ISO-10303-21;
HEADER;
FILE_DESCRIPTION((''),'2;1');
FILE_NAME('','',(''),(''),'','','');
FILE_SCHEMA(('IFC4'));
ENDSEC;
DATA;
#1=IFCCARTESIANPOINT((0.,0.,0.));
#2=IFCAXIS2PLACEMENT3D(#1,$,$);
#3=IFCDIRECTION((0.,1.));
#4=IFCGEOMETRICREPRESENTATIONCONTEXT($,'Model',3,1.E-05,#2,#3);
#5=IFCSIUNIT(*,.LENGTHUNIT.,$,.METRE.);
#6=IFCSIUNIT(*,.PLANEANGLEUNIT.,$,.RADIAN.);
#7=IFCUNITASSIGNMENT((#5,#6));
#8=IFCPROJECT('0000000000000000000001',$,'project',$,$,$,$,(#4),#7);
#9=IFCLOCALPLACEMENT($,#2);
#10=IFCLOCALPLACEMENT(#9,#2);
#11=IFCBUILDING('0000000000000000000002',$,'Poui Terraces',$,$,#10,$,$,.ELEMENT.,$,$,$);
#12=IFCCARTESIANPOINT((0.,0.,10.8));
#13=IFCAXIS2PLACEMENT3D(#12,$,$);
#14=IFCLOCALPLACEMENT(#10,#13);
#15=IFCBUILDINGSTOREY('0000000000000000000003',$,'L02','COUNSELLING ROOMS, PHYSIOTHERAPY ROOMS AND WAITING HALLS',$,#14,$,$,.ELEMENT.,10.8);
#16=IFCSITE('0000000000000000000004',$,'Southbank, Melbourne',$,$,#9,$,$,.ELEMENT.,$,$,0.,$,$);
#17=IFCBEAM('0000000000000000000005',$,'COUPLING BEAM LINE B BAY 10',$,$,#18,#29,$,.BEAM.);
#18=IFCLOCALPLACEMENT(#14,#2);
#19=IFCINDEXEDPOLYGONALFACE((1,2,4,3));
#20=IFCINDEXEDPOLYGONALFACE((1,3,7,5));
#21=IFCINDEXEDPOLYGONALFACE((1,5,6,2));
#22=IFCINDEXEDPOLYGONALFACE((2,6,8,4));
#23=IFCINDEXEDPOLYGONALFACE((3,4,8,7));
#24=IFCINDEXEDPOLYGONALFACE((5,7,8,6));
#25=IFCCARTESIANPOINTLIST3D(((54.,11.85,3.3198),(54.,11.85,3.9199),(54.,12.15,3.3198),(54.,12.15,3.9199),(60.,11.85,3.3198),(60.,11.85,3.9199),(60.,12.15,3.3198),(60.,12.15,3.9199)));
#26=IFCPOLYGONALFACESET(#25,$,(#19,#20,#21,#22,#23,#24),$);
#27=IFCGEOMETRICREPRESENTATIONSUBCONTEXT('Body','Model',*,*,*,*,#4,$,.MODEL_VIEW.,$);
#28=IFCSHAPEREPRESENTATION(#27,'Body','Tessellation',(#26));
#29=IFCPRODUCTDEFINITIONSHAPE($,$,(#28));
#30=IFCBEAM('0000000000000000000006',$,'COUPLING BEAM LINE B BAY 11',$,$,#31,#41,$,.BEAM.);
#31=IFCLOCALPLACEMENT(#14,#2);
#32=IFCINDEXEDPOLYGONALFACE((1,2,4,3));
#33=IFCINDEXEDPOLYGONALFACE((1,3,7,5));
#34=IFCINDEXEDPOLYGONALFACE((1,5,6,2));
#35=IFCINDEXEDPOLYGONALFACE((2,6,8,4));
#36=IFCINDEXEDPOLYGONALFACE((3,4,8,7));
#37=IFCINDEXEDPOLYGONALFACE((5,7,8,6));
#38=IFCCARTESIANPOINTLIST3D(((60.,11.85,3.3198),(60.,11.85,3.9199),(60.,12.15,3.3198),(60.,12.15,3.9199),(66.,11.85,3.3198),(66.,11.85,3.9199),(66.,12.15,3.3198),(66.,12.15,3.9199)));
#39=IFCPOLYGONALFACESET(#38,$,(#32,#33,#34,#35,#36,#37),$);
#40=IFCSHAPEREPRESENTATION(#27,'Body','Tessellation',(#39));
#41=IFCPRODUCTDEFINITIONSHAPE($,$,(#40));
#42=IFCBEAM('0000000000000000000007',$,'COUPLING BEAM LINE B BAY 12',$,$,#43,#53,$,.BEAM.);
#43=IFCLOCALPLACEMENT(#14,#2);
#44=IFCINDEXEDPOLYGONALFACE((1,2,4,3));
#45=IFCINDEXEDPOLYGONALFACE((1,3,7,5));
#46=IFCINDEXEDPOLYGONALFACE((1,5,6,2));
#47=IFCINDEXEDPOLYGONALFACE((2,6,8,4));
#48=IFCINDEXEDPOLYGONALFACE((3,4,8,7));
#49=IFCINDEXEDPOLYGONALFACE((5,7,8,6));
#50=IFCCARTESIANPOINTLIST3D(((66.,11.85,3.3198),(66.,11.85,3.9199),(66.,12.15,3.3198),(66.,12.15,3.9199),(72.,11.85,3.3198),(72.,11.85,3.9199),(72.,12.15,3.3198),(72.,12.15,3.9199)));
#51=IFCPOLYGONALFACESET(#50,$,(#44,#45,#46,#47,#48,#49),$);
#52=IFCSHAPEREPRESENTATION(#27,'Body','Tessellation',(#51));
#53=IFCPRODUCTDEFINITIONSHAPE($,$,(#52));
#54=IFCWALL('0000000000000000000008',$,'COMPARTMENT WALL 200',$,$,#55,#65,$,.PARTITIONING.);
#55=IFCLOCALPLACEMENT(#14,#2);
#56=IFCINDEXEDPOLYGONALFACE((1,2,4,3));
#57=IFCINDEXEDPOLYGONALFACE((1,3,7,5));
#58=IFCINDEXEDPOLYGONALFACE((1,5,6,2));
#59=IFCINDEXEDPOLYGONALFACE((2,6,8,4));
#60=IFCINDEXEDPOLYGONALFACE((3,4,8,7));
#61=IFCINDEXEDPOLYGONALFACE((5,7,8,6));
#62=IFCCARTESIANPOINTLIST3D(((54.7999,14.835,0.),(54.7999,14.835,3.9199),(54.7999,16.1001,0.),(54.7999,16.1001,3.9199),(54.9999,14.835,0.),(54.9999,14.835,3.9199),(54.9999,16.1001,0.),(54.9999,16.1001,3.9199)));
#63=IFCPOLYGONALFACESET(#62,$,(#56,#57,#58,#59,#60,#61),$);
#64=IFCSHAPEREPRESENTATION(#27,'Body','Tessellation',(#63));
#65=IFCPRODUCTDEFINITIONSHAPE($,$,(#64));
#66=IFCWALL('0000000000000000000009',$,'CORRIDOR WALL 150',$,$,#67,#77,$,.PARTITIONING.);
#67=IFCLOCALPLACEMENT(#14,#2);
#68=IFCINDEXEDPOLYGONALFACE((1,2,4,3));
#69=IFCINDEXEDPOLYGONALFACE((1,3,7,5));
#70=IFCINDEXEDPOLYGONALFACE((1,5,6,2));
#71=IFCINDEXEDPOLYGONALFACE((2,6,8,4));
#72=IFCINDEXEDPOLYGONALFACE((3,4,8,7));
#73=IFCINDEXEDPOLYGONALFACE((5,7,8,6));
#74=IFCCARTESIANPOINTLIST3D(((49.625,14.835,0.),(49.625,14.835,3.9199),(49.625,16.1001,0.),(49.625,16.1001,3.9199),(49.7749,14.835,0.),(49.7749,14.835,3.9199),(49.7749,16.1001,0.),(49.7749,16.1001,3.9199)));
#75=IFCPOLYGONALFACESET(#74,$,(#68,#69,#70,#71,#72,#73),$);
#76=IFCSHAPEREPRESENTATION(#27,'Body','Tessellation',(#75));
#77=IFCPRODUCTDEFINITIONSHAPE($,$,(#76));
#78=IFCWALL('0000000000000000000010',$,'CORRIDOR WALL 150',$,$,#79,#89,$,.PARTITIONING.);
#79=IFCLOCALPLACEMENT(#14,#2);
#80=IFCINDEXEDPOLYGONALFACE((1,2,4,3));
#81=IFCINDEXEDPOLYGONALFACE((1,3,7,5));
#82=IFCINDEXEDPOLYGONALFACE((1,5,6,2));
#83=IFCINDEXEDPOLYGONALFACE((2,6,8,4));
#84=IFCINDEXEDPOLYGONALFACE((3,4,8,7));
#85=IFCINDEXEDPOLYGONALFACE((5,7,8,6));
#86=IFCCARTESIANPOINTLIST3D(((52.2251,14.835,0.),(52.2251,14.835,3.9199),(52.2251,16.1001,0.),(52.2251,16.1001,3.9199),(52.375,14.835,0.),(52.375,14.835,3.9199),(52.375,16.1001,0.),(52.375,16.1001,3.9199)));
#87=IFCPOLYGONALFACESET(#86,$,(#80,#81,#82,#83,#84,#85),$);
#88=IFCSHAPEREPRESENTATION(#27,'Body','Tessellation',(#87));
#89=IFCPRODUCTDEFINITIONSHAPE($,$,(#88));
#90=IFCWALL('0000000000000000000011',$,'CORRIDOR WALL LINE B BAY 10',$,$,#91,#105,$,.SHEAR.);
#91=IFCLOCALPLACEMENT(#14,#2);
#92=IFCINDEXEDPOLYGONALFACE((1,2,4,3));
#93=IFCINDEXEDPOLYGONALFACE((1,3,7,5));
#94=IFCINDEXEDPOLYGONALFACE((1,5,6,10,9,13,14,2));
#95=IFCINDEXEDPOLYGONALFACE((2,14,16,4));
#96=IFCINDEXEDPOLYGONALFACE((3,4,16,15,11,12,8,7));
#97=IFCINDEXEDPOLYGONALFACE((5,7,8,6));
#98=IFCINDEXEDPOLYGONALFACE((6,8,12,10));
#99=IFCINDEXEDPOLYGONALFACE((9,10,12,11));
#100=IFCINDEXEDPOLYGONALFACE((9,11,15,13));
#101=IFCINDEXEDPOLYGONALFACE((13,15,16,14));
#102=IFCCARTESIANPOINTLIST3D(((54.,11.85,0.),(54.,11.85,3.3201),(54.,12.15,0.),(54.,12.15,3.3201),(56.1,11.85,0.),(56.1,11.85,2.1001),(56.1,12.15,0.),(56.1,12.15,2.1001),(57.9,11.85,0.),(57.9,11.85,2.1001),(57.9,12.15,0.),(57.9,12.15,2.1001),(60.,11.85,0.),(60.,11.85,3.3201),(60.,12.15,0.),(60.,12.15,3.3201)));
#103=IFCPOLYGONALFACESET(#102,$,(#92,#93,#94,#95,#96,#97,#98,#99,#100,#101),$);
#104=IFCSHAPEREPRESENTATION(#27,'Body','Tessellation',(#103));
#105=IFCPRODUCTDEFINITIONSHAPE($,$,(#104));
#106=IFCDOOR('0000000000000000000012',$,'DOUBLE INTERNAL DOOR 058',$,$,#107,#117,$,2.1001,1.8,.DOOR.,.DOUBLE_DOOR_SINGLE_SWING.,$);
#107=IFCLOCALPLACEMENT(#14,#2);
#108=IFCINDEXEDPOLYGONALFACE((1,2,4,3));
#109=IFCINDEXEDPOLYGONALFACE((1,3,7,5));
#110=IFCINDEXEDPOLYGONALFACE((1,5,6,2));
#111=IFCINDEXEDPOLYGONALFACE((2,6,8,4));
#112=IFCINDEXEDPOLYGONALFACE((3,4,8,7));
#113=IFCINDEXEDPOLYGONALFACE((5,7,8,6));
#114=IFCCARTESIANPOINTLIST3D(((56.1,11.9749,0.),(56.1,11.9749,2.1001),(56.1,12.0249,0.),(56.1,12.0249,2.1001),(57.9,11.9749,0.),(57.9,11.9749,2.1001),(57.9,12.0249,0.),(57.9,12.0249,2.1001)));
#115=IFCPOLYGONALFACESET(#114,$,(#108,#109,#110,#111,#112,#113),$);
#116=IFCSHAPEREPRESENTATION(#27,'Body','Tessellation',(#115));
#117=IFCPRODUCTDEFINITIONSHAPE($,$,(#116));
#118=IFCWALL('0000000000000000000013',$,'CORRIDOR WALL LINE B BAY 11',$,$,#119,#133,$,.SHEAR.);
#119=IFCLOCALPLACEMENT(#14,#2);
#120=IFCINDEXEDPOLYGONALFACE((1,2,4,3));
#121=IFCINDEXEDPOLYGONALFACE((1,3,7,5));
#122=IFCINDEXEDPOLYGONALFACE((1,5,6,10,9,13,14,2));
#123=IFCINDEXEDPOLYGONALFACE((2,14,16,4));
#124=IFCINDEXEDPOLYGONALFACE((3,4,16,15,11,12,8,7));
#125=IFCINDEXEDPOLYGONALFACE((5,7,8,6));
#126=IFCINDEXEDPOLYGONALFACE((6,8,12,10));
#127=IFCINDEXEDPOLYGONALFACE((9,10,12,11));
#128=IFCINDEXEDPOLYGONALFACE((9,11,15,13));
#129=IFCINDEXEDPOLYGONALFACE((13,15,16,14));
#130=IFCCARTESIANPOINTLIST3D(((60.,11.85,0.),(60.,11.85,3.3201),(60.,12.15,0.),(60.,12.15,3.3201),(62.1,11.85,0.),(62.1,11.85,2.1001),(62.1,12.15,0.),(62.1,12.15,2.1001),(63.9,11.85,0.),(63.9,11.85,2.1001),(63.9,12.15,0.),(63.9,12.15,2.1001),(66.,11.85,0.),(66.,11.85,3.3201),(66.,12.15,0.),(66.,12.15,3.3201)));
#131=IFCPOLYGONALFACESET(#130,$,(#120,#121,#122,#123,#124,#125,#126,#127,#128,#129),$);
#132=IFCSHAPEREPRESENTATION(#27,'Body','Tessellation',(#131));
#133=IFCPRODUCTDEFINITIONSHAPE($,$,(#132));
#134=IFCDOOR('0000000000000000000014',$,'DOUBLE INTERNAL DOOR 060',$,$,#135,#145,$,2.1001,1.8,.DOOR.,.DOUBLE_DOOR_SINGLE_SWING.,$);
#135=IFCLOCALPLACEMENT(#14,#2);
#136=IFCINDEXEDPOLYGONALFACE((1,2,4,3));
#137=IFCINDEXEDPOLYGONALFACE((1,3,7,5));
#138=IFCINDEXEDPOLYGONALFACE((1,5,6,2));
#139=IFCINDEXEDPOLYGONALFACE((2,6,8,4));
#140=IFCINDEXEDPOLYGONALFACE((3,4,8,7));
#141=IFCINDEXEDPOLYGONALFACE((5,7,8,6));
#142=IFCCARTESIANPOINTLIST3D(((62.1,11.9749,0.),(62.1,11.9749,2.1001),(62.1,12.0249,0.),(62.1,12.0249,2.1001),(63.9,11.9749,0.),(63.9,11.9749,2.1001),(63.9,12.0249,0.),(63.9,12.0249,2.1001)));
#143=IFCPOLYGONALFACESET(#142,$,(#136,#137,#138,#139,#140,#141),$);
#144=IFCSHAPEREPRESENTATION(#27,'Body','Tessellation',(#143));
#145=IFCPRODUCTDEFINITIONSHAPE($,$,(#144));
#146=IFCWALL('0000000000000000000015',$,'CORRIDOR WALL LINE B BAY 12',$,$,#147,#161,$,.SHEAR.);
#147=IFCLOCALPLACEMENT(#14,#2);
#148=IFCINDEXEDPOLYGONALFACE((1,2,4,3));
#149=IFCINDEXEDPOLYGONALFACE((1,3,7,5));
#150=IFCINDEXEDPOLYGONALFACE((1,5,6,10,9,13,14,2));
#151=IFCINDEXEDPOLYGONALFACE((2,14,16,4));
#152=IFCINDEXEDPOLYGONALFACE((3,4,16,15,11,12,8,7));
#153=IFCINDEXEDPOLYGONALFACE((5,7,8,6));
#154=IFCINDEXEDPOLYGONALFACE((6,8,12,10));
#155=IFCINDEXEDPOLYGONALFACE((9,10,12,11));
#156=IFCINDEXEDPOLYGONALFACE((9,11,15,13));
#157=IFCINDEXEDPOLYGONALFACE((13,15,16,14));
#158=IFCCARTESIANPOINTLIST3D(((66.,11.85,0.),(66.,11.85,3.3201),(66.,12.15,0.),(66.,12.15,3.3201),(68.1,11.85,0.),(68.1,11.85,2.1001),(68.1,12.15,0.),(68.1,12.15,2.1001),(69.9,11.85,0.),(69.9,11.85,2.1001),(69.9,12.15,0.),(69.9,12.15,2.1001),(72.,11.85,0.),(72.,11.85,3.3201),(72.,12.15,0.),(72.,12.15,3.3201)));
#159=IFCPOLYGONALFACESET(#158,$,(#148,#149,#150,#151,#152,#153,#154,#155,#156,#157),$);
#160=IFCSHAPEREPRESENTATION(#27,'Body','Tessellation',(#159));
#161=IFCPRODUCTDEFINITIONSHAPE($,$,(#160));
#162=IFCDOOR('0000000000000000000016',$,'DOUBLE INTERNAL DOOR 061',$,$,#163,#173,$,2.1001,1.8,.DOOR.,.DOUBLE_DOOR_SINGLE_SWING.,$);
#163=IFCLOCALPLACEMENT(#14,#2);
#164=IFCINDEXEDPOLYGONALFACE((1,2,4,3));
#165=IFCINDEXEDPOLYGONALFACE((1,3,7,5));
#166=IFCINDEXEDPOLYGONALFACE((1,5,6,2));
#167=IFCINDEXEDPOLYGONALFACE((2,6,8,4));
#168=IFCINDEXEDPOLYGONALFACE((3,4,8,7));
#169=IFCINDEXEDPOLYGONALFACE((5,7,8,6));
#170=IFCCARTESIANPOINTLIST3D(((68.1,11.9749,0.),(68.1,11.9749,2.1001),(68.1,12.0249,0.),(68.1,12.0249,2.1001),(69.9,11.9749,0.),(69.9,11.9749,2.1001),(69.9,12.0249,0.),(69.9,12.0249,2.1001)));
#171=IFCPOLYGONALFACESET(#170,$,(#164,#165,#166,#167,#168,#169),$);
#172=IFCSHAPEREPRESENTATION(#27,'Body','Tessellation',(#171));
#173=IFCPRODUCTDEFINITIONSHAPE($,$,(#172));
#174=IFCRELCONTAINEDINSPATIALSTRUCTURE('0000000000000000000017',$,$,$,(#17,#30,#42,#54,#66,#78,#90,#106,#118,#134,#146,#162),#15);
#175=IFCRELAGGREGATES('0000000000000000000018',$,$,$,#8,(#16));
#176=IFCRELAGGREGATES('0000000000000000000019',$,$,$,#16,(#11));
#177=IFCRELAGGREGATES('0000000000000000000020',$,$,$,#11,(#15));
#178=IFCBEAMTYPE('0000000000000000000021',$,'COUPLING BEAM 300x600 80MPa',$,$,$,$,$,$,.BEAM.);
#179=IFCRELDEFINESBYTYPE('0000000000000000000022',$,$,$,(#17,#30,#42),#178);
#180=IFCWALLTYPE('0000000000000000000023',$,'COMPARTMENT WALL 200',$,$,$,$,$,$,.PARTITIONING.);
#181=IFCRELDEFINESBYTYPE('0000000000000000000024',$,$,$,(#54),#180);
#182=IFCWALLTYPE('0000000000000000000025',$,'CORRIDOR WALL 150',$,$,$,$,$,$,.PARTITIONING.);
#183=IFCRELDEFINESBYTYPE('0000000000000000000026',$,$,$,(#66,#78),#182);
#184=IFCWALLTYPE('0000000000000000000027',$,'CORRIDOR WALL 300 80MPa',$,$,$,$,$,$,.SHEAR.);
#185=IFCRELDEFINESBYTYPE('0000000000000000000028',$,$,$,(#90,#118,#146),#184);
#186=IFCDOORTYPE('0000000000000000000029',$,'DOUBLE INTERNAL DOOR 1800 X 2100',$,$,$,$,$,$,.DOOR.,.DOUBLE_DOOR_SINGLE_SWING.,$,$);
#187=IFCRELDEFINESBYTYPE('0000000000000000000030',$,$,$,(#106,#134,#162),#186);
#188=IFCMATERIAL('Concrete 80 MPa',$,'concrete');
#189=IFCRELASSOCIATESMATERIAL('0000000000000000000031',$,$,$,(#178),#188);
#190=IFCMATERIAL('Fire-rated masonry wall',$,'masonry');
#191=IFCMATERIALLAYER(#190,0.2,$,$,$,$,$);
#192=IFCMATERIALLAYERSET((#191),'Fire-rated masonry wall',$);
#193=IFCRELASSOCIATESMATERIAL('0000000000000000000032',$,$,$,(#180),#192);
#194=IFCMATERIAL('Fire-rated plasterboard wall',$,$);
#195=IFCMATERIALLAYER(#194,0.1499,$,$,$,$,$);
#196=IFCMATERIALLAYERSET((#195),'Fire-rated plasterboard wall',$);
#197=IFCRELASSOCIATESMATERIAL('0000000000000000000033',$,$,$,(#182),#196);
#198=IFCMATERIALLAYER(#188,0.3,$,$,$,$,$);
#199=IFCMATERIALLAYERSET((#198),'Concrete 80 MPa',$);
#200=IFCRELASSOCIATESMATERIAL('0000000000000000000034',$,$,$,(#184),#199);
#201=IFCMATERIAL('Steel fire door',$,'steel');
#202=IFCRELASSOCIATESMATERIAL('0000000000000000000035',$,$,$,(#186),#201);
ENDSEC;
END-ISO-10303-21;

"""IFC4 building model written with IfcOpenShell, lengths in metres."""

from ifc_helpers import new_model, si_unit, direction, frame, frame_2d, origin, origin_2d, place, context, subcontext, project, spatial, rectangle, extrude, source, transform, mapped, material, layer, layer_set, material_profile, profile_set, type_object, element, fill, save


model = new_model("IFC4")

# Units and contexts
model_context = context("Model", 3, precision=1e-05, world=origin(), true_north=direction((0.0, 1.0)))
body_context = subcontext(model_context, "Body", "Model", "MODEL_VIEW")
ifc_project = project(units=[si_unit("LENGTHUNIT", "METRE"), si_unit("PLANEANGLEUNIT", "RADIAN")], contexts=[model_context])

# Site, building, storey
site_placement = place(None, origin())
site = spatial("IfcSite", under=ifc_project, at=site_placement, Name="Southbank, Melbourne", CompositionType="ELEMENT", RefElevation=0.0)
building_placement = place(site_placement, origin())
building = spatial("IfcBuilding", under=site, at=building_placement, Name="Poui Terraces", CompositionType="ELEMENT")
storey_placement = place(building_placement, frame((0.0, 0.0, 10.8)))
storey = spatial("IfcBuildingStorey", under=building, at=storey_placement, Name="L02", Description="COUNSELLING ROOMS, PHYSIOTHERAPY ROOMS AND WAITING HALLS", CompositionType="ELEMENT", Elevation=10.8)

# Beams
ifc_material_1 = material(Name="Concrete 80 MPa", Category="concrete")
ifc_material_profile = material_profile(ifc_material_1, rectangle(XDim=0.3, YDim=0.6001, at=origin_2d()), Name="RC 300x600")
ifc_profile_set = profile_set([ifc_material_profile], Name="Concrete 80 MPa")
beam_type = type_object("IfcBeamType", Name="COUPLING BEAM 300x600 80MPa", PredefinedType="BEAM", material=ifc_profile_set)
shared_shape = source(origin(), body_context, "Body", "SweptSolid", [
    extrude(rectangle(XDim=0.3, YDim=0.6001, at=origin_2d()), origin(), (0.0, 0.0, 1.0), 6.0),
])
for number, where, z_axis, x_axis, name in (
    (1, (54.0, 12.0, 3.6199), (1.0, 0.0, 0.0), (0.0, 1.0, 0.0), "COUPLING BEAM LINE B BAY 10"),
    (2, (60.0, 12.0, 3.6199), (1.0, 0.0, 0.0), (0.0, 1.0, 0.0), "COUPLING BEAM LINE B BAY 11"),
    (3, (66.0, 12.0, 3.6199), (1.0, 0.0, 0.0), (0.0, 1.0, 0.0), "COUPLING BEAM LINE B BAY 12"),
):
    element("IfcBeam", number, at=place(storey_placement, frame(where, z_axis=z_axis, x_axis=x_axis)), inside=storey, type_object=beam_type, Name=name, PredefinedType="BEAM", context=body_context, shape_type="MappedRepresentation", body=[
        mapped(shared_shape, transform((0.0, 0.0, 0.0))),
    ])

# Walls
ifc_material_2 = material(Name="Fire-rated masonry wall", Category="masonry")
ifc_layer_1 = layer(ifc_material_2, 0.2)
ifc_layer_set_1 = layer_set([ifc_layer_1], Name="Fire-rated masonry wall")
wall_type_1 = type_object("IfcWallType", Name="COMPARTMENT WALL 200", PredefinedType="PARTITIONING", material=ifc_layer_set_1)
wall_1_placement = place(storey_placement, frame((54.8999, 14.835, 0.0), z_axis=(0.0, 0.0, 1.0), x_axis=(0.0, 1.0, 0.0)))
element("IfcWall", 4, at=wall_1_placement, inside=storey, type_object=wall_type_1, Name="COMPARTMENT WALL 200", PredefinedType="PARTITIONING", context=body_context, shape_type="SweptSolid", body=[
    extrude(rectangle(XDim=1.2651, YDim=0.2, at=frame_2d((0.6326, 0.0))), origin(), (0.0, 0.0, 1.0), 3.9199),
])
ifc_material_3 = material(Name="Fire-rated plasterboard wall")
ifc_layer_2 = layer(ifc_material_3, 0.1499)
ifc_layer_set_2 = layer_set([ifc_layer_2], Name="Fire-rated plasterboard wall")
wall_type_2 = type_object("IfcWallType", Name="CORRIDOR WALL 150", PredefinedType="PARTITIONING", material=ifc_layer_set_2)
for number, where, z_axis, x_axis, name in (
    (5, (49.7, 14.835, 0.0), (0.0, 0.0, 1.0), (0.0, 1.0, 0.0), "CORRIDOR WALL 150"),
    (6, (52.3, 14.835, 0.0), (0.0, 0.0, 1.0), (0.0, 1.0, 0.0), "CORRIDOR WALL 150"),
):
    element("IfcWall", number, at=place(storey_placement, frame(where, z_axis=z_axis, x_axis=x_axis)), inside=storey, type_object=wall_type_2, Name=name, PredefinedType="PARTITIONING", context=body_context, shape_type="SweptSolid", body=[
        extrude(rectangle(XDim=1.2651, YDim=0.1499, at=frame_2d((0.6326, 0.0))), origin(), (0.0, 0.0, 1.0), 3.9199),
    ])

# Walls, openings, doors
ifc_layer_3 = layer(ifc_material_1, 0.3)
ifc_layer_set_3 = layer_set([ifc_layer_3], Name="Concrete 80 MPa")
wall_type_3 = type_object("IfcWallType", Name="CORRIDOR WALL 300 80MPa", PredefinedType="SHEAR", material=ifc_layer_set_3)
wall_2_placement = place(storey_placement, frame((54.0, 12.0, 0.0), z_axis=(0.0, 0.0, 1.0), x_axis=(1.0, 0.0, 0.0)))
wall_2 = element("IfcWall", 7, at=wall_2_placement, inside=storey, type_object=wall_type_3, Name="CORRIDOR WALL LINE B BAY 10", PredefinedType="SHEAR", context=body_context, shape_type="SweptSolid", body=[
    extrude(rectangle(XDim=6.0, YDim=0.3, at=frame_2d((3.0, 0.0))), origin(), (0.0, 0.0, 1.0), 3.3201),
])
opening_1_placement = place(wall_2_placement, frame((2.1001, 0.0, 0.0)))
opening_1 = element("IfcOpeningElement", 8, at=opening_1_placement, cuts=wall_2, PredefinedType="OPENING", context=body_context, shape_type="SweptSolid", body=[
    extrude(rectangle(XDim=1.8, YDim=2.1001, at=frame_2d((0.8999, 1.05))), frame((0.0, 0.1602, 0.0), z_axis=(0.0, -1.0, 0.0), x_axis=(1.0, 0.0, 0.0)), (0.0, 0.0, 1.0), 0.3201),
])
ifc_material_4 = material(Name="Steel fire door", Category="steel")
door_type_1 = type_object("IfcDoorType", Name="DOUBLE INTERNAL DOOR 1800 X 2100", OperationType="DOUBLE_DOOR_SINGLE_SWING", PredefinedType="DOOR", material=ifc_material_4)
door_1_placement = place(opening_1_placement, origin())
door_1 = element("IfcDoor", 9, at=door_1_placement, inside=storey, type_object=door_type_1, Name="DOUBLE INTERNAL DOOR 058", OperationType="DOUBLE_DOOR_SINGLE_SWING", OverallHeight=2.1001, OverallWidth=1.8, PredefinedType="DOOR", context=body_context, shape_type="SweptSolid", body=[
    extrude(rectangle(XDim=1.8, YDim=2.1001, at=frame_2d((0.8999, 1.05))), frame((0.0, 0.0249, 0.0), z_axis=(0.0, -1.0, 0.0), x_axis=(1.0, 0.0, 0.0)), (0.0, 0.0, 1.0), 0.05),
])
fill(opening_1, door_1)
wall_3_placement = place(storey_placement, frame((60.0, 12.0, 0.0), z_axis=(0.0, 0.0, 1.0), x_axis=(1.0, 0.0, 0.0)))
wall_3 = element("IfcWall", 10, at=wall_3_placement, inside=storey, type_object=wall_type_3, Name="CORRIDOR WALL LINE B BAY 11", PredefinedType="SHEAR", context=body_context, shape_type="SweptSolid", body=[
    extrude(rectangle(XDim=6.0, YDim=0.3, at=frame_2d((3.0, 0.0))), origin(), (0.0, 0.0, 1.0), 3.3201),
])
opening_2_placement = place(wall_3_placement, frame((2.1001, 0.0, 0.0)))
opening_2 = element("IfcOpeningElement", 11, at=opening_2_placement, cuts=wall_3, PredefinedType="OPENING", context=body_context, shape_type="SweptSolid", body=[
    extrude(rectangle(XDim=1.8, YDim=2.1001, at=frame_2d((0.8999, 1.05))), frame((0.0, 0.1602, 0.0), z_axis=(0.0, -1.0, 0.0), x_axis=(1.0, 0.0, 0.0)), (0.0, 0.0, 1.0), 0.3201),
])
door_2_placement = place(opening_2_placement, origin())
door_2 = element("IfcDoor", 12, at=door_2_placement, inside=storey, type_object=door_type_1, Name="DOUBLE INTERNAL DOOR 060", OperationType="DOUBLE_DOOR_SINGLE_SWING", OverallHeight=2.1001, OverallWidth=1.8, PredefinedType="DOOR", context=body_context, shape_type="SweptSolid", body=[
    extrude(rectangle(XDim=1.8, YDim=2.1001, at=frame_2d((0.8999, 1.05))), frame((0.0, 0.0249, 0.0), z_axis=(0.0, -1.0, 0.0), x_axis=(1.0, 0.0, 0.0)), (0.0, 0.0, 1.0), 0.05),
])
fill(opening_2, door_2)
wall_4_placement = place(storey_placement, frame((66.0, 12.0, 0.0), z_axis=(0.0, 0.0, 1.0), x_axis=(1.0, 0.0, 0.0)))
wall_4 = element("IfcWall", 13, at=wall_4_placement, inside=storey, type_object=wall_type_3, Name="CORRIDOR WALL LINE B BAY 12", PredefinedType="SHEAR", context=body_context, shape_type="SweptSolid", body=[
    extrude(rectangle(XDim=6.0, YDim=0.3, at=frame_2d((3.0, 0.0))), origin(), (0.0, 0.0, 1.0), 3.3201),
])
opening_3_placement = place(wall_4_placement, frame((2.1001, 0.0, 0.0)))
opening_3 = element("IfcOpeningElement", 14, at=opening_3_placement, cuts=wall_4, PredefinedType="OPENING", context=body_context, shape_type="SweptSolid", body=[
    extrude(rectangle(XDim=1.8, YDim=2.1001, at=frame_2d((0.8999, 1.05))), frame((0.0, 0.1602, 0.0), z_axis=(0.0, -1.0, 0.0), x_axis=(1.0, 0.0, 0.0)), (0.0, 0.0, 1.0), 0.3201),
])
door_3_placement = place(opening_3_placement, origin())
door_3 = element("IfcDoor", 15, at=door_3_placement, inside=storey, type_object=door_type_1, Name="DOUBLE INTERNAL DOOR 061", OperationType="DOUBLE_DOOR_SINGLE_SWING", OverallHeight=2.1001, OverallWidth=1.8, PredefinedType="DOOR", context=body_context, shape_type="SweptSolid", body=[
    extrude(rectangle(XDim=1.8, YDim=2.1001, at=frame_2d((0.8999, 1.05))), frame((0.0, 0.0249, 0.0), z_axis=(0.0, -1.0, 0.0), x_axis=(1.0, 0.0, 0.0)), (0.0, 0.0, 1.0), 0.05),
])
fill(opening_3, door_3)

save(model, "model.ifc")
